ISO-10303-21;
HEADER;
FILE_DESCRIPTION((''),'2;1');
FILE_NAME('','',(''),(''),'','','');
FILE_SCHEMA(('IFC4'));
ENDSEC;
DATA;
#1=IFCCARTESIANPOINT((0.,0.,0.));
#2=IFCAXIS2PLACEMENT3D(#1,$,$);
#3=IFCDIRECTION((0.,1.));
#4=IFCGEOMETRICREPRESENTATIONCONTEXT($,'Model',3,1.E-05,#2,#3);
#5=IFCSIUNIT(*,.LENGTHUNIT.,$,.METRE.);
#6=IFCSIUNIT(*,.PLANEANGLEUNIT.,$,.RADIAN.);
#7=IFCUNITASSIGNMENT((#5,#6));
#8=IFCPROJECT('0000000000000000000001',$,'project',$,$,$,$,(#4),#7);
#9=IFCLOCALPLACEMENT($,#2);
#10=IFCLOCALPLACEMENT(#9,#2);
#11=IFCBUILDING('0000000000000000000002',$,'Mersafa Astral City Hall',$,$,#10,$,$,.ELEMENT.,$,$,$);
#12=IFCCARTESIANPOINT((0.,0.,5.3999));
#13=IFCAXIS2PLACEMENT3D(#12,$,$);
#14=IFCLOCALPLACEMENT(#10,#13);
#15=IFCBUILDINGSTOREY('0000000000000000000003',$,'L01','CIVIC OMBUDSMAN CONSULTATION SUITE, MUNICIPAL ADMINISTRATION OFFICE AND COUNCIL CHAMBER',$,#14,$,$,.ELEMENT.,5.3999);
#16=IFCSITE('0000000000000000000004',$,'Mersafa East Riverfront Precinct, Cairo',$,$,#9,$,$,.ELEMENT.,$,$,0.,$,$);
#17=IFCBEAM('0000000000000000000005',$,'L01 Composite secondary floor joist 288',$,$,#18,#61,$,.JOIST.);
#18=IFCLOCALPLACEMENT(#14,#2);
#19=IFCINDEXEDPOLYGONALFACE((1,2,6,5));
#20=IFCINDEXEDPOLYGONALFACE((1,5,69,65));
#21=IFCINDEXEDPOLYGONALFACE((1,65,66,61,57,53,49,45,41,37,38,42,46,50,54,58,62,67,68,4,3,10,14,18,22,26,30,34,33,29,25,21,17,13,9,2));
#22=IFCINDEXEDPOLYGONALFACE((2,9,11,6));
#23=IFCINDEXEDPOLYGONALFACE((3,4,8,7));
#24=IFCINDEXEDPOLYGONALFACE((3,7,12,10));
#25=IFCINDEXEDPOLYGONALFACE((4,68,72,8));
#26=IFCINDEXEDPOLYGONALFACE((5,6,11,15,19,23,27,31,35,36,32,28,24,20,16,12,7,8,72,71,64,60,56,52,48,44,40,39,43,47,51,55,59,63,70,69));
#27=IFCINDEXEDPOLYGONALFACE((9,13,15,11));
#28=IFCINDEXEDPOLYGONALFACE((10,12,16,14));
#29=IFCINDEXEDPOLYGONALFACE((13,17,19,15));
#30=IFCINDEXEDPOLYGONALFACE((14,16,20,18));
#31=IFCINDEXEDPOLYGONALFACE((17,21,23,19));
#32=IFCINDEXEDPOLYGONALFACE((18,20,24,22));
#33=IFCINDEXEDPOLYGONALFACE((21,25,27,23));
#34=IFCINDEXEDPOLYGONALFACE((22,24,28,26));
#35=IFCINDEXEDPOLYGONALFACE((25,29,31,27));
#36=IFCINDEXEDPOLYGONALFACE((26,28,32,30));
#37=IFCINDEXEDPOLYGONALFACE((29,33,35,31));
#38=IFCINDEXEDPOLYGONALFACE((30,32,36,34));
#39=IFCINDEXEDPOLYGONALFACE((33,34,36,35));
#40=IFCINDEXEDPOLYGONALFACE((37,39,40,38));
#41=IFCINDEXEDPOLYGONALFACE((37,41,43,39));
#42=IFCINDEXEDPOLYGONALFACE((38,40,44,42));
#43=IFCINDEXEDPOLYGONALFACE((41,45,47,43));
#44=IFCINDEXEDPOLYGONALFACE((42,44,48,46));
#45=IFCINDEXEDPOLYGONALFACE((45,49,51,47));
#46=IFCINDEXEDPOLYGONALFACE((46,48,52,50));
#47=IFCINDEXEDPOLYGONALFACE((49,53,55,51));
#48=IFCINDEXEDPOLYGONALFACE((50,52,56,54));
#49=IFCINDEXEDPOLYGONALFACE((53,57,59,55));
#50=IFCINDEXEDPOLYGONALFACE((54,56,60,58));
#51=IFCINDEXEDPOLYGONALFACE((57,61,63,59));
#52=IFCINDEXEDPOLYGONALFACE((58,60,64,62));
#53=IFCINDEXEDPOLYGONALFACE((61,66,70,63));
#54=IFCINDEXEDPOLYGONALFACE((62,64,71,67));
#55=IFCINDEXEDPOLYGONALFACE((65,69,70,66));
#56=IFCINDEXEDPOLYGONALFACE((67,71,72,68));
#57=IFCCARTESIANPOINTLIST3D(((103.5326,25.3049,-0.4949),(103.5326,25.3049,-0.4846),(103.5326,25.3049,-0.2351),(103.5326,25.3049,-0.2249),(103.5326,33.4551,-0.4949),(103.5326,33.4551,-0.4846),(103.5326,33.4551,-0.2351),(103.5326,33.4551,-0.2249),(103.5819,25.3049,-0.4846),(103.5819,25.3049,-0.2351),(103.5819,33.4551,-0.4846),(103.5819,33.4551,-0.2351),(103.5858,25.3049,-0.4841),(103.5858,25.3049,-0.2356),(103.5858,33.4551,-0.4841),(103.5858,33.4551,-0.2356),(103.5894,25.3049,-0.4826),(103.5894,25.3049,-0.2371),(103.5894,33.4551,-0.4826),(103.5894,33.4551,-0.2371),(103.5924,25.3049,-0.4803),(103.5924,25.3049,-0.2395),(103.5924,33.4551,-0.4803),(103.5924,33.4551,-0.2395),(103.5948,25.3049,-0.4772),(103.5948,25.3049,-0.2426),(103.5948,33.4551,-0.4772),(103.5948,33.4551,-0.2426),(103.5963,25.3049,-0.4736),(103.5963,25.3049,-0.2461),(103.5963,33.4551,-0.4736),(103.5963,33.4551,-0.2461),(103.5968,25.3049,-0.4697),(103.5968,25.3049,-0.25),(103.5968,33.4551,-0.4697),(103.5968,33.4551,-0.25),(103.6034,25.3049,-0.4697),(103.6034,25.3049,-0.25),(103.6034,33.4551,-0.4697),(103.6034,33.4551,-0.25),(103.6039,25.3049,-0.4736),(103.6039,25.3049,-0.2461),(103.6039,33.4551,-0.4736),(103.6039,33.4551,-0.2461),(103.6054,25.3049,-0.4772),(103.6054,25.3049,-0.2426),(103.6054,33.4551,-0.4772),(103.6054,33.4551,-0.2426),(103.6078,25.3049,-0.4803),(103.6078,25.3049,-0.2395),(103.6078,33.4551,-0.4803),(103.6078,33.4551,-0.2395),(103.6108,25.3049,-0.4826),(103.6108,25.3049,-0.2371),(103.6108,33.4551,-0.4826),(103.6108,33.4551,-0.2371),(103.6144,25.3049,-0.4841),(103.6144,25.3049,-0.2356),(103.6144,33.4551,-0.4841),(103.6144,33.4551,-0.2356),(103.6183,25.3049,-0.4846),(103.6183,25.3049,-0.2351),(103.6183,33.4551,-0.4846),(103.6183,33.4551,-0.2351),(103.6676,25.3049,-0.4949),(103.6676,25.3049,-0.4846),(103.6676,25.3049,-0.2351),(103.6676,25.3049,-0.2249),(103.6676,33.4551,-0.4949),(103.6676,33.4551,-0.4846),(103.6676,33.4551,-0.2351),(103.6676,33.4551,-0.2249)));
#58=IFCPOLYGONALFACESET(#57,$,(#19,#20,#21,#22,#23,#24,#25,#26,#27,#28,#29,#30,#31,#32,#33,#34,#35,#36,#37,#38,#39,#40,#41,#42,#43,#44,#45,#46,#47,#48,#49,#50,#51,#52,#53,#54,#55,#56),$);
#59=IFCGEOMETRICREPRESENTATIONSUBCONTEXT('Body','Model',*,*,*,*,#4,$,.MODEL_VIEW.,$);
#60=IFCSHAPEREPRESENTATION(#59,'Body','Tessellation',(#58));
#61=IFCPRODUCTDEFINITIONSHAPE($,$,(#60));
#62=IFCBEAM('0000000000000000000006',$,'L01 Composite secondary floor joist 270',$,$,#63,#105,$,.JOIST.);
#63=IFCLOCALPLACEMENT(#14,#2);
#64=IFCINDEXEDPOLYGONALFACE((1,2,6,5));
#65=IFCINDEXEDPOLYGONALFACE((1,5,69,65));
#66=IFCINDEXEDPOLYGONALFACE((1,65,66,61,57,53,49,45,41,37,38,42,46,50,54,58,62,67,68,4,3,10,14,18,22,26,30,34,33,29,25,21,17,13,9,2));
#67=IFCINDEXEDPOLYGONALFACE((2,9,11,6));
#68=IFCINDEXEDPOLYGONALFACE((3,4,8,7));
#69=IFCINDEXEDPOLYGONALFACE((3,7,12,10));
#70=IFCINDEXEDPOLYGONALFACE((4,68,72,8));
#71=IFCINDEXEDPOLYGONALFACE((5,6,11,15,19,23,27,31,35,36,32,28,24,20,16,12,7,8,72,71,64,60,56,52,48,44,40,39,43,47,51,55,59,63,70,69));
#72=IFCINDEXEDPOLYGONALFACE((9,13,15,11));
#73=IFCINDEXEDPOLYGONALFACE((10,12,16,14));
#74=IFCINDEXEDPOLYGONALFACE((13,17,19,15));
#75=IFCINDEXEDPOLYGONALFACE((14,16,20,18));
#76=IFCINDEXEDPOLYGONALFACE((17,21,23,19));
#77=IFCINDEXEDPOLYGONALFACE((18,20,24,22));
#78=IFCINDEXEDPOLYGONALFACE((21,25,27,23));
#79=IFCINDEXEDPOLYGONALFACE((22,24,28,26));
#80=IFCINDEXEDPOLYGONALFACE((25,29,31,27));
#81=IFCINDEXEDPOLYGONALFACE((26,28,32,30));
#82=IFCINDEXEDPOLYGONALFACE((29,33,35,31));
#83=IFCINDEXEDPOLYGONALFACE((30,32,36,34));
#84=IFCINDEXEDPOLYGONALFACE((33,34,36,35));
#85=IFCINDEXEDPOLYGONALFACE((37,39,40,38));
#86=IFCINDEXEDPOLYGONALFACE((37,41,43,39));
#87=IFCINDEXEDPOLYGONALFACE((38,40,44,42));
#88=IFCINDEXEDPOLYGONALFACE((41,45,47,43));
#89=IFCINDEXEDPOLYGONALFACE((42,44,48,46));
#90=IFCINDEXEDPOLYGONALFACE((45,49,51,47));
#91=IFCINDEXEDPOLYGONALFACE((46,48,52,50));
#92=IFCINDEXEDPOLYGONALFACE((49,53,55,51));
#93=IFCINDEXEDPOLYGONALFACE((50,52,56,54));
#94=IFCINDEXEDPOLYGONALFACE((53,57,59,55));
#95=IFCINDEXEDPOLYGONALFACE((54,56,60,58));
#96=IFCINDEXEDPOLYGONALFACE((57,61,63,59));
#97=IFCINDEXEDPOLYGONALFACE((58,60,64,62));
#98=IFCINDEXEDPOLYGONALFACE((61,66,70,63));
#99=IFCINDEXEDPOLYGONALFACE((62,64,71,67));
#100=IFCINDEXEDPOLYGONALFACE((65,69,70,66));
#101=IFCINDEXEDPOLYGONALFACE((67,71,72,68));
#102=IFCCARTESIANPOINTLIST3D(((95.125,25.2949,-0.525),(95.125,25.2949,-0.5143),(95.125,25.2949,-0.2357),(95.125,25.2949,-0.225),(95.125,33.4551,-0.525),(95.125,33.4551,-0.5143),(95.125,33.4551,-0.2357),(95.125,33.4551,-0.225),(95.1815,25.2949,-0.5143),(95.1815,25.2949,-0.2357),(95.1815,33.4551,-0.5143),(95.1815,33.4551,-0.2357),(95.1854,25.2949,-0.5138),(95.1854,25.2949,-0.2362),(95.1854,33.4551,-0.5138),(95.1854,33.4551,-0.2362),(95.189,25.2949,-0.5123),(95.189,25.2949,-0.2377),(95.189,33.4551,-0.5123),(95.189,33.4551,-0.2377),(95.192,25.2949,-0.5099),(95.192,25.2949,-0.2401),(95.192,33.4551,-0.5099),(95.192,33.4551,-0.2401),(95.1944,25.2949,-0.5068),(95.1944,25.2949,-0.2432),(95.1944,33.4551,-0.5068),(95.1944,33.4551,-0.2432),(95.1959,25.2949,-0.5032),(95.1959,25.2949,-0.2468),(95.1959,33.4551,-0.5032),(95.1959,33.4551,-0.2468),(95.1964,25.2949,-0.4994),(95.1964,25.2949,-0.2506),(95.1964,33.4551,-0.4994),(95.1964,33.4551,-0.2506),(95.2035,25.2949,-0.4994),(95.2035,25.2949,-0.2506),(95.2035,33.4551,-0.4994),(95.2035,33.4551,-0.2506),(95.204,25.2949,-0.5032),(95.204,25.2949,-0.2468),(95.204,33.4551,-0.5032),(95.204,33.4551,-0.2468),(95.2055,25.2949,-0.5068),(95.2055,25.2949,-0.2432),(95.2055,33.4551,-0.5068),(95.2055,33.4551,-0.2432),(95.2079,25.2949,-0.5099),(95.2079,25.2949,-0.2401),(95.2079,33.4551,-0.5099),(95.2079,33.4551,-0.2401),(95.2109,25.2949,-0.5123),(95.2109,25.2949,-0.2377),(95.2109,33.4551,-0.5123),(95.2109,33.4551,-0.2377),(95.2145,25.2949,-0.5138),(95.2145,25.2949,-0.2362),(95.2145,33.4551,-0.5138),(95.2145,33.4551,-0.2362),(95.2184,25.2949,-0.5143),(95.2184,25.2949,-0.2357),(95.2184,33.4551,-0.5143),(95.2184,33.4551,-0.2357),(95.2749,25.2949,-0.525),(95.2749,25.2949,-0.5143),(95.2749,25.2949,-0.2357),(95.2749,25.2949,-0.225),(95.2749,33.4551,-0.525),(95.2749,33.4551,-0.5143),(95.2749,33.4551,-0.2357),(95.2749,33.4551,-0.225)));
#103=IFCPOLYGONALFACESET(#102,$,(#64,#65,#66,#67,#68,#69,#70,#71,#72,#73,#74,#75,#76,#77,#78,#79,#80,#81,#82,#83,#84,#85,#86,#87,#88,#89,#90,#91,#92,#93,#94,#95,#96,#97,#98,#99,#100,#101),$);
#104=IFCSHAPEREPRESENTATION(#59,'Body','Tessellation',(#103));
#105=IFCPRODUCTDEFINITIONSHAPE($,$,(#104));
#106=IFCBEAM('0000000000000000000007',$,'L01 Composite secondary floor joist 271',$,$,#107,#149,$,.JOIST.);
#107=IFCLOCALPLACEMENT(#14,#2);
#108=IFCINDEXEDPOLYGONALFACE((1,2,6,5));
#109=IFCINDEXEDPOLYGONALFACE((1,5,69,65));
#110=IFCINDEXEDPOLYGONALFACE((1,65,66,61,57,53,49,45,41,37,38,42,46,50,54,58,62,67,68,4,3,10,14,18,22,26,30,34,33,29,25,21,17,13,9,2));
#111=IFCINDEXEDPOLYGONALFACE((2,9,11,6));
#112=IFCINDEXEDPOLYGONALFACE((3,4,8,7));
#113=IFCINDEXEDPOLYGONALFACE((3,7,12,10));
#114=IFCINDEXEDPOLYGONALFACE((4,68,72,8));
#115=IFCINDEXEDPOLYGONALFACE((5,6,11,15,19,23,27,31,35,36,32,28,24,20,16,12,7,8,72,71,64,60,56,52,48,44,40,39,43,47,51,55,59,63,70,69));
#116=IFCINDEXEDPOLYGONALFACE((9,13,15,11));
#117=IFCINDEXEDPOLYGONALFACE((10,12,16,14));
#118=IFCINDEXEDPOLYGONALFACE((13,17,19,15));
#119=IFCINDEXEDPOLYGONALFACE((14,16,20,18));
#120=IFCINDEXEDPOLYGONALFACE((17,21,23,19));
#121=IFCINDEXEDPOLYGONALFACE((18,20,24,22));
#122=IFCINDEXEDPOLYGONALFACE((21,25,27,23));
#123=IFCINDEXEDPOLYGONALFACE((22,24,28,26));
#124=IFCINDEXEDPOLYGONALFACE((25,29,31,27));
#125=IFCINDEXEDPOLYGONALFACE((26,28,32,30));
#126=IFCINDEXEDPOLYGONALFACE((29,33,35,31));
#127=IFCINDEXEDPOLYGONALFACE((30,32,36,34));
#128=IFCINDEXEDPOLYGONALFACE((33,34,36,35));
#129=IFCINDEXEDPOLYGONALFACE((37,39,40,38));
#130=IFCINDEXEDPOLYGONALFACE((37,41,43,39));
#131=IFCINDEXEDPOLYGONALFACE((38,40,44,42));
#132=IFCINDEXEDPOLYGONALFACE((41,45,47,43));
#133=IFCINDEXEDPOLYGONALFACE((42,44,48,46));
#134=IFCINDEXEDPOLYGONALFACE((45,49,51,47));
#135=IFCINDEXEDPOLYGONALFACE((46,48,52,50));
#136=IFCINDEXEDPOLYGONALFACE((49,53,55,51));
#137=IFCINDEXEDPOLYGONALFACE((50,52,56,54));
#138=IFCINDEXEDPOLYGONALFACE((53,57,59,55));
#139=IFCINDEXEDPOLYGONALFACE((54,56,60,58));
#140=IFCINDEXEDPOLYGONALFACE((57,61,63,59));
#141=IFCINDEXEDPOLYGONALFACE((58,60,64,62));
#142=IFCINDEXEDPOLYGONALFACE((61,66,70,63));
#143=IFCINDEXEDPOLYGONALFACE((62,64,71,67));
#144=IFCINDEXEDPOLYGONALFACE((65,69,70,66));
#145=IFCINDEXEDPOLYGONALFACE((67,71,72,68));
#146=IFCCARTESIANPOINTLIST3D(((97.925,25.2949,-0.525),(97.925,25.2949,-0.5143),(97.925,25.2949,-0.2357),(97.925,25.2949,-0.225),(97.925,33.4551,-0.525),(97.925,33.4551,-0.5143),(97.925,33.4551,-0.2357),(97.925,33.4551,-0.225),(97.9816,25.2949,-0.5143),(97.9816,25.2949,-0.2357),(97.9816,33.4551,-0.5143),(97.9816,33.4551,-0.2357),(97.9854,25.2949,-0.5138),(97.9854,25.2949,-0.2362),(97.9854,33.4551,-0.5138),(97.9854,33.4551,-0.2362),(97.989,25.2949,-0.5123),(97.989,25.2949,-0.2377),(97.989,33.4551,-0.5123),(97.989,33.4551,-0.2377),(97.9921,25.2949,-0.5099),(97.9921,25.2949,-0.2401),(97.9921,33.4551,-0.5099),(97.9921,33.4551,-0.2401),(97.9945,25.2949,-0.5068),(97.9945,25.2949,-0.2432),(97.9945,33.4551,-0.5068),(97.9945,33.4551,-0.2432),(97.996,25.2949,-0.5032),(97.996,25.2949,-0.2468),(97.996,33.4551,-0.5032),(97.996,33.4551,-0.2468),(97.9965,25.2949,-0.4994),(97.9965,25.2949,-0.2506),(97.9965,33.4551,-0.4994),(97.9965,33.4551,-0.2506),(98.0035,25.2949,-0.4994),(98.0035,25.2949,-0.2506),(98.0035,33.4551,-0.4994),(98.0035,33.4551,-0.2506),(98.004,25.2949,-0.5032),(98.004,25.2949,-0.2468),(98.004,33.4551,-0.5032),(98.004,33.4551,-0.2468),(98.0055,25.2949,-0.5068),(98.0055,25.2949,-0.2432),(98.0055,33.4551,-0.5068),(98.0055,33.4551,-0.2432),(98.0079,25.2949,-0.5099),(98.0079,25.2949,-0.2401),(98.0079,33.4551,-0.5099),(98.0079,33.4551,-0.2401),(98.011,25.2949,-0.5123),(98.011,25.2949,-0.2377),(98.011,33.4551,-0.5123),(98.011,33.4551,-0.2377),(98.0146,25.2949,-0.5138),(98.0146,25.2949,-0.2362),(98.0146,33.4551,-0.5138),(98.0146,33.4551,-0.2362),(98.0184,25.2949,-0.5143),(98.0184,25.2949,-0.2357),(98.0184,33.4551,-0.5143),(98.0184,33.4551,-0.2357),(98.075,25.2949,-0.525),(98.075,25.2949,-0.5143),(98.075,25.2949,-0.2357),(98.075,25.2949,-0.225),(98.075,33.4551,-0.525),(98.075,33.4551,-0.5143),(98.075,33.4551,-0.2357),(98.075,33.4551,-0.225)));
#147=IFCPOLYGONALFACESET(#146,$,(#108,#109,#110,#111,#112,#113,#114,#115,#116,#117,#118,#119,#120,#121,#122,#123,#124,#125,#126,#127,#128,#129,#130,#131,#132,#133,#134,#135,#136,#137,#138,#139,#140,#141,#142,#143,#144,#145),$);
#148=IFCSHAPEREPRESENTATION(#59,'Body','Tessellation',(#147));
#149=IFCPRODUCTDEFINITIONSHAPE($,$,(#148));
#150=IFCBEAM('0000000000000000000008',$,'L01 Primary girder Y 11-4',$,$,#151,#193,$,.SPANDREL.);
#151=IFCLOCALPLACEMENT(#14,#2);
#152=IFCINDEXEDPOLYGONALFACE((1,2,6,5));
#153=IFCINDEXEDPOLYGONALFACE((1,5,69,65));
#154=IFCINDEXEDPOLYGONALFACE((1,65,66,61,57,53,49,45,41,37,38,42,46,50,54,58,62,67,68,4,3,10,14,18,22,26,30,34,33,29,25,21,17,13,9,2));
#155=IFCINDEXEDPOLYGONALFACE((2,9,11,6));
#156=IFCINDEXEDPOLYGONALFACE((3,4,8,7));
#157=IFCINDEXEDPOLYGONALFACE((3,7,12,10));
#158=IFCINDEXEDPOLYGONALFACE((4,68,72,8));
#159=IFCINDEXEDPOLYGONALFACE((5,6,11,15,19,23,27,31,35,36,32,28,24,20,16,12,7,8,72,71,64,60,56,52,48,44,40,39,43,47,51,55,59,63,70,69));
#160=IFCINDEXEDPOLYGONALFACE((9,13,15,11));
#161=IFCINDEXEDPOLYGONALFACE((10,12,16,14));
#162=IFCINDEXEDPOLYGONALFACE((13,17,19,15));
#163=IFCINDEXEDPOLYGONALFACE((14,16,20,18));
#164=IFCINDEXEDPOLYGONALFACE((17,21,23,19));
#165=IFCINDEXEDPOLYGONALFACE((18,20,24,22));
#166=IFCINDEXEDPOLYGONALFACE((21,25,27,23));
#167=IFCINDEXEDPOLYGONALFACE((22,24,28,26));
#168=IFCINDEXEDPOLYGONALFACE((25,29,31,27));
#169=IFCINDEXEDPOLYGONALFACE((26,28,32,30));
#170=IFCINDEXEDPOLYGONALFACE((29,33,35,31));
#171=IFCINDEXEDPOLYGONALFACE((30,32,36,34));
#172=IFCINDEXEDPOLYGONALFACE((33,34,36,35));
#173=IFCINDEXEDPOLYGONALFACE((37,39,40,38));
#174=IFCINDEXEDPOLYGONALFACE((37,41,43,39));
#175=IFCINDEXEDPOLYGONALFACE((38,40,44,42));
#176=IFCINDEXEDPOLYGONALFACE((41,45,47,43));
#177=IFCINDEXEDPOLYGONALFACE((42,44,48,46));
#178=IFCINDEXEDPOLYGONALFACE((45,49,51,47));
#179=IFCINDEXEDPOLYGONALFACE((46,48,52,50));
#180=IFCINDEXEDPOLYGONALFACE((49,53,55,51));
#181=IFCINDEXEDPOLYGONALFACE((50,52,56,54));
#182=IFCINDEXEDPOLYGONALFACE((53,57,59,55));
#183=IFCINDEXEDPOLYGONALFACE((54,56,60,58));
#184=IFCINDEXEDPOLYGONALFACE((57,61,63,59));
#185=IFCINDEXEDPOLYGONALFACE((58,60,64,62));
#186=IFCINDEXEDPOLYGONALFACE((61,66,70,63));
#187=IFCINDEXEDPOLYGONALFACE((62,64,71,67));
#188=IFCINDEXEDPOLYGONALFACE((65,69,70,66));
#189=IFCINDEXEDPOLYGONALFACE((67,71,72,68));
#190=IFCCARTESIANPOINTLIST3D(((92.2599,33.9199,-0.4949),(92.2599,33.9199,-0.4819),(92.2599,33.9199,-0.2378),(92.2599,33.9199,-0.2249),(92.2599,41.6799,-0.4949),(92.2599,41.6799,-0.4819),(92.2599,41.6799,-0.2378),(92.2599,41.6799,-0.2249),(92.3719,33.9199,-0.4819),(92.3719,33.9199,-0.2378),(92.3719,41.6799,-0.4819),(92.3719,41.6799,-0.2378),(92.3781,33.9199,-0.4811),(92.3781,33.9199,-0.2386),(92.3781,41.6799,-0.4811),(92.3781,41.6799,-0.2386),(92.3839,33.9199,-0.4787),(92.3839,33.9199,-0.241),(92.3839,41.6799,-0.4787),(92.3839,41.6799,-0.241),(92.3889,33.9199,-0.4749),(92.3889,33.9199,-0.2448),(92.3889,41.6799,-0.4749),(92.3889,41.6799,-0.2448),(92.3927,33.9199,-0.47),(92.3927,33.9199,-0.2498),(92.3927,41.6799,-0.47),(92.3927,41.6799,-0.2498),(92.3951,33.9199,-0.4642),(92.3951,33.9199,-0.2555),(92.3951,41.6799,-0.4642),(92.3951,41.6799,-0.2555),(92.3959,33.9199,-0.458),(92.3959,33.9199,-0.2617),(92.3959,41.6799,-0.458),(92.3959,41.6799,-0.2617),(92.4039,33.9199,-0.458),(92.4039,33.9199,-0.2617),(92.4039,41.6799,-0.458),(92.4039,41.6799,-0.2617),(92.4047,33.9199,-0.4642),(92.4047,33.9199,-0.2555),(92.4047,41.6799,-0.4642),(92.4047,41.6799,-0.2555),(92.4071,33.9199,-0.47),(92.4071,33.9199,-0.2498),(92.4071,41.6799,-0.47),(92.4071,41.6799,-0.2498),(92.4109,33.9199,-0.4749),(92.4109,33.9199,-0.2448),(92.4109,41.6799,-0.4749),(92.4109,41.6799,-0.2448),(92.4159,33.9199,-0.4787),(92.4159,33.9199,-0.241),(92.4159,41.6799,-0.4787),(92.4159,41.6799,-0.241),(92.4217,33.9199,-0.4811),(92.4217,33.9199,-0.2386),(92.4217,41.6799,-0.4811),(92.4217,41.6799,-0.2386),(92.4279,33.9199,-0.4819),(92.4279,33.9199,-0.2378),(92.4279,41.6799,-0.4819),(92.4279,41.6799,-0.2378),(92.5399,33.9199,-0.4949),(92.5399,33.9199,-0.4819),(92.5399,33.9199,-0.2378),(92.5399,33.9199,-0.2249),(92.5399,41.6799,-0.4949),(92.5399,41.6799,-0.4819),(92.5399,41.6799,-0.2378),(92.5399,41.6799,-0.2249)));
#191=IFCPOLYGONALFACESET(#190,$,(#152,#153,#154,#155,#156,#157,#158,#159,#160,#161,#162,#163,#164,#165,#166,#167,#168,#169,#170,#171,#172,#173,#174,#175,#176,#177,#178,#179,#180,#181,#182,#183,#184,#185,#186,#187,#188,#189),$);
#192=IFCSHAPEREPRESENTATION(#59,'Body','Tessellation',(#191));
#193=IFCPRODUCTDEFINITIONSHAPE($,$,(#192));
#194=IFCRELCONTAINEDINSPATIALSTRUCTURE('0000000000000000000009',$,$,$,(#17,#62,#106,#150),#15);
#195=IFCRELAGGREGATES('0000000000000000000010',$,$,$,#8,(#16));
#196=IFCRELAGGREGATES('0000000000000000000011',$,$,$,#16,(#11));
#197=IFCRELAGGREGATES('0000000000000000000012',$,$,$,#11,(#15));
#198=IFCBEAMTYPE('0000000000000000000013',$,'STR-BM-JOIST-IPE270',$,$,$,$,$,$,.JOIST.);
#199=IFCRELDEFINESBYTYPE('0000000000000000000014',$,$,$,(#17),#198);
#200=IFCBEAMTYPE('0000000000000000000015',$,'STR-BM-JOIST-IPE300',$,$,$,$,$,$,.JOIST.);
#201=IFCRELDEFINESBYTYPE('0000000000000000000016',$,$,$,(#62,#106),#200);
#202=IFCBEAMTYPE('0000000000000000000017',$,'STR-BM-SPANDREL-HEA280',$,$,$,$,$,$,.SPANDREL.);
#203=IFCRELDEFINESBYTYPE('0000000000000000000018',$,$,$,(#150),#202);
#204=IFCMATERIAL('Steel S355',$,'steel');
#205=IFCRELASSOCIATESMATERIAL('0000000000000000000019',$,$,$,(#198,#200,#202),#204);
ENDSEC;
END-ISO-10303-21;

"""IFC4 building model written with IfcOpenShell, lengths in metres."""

from ifc_helpers import new_model, si_unit, direction, frame, origin, origin_2d, place, context, subcontext, project, spatial, i_section, extrude, material, material_profile, profile_set, type_object, element, save


model = new_model("IFC4")

# Units and contexts
model_context = context("Model", 3, precision=1e-05, world=origin(), true_north=direction((0.0, 1.0)))
body_context = subcontext(model_context, "Body", "Model", "MODEL_VIEW")
ifc_project = project(units=[si_unit("LENGTHUNIT", "METRE"), si_unit("PLANEANGLEUNIT", "RADIAN")], contexts=[model_context])

# Site, building, storey
site_placement = place(None, origin())
site = spatial("IfcSite", under=ifc_project, at=site_placement, Name="Mersafa East Riverfront Precinct, Cairo", CompositionType="ELEMENT", RefElevation=0.0)
building_placement = place(site_placement, origin())
building = spatial("IfcBuilding", under=site, at=building_placement, Name="Mersafa Astral City Hall", CompositionType="ELEMENT")
storey_placement = place(building_placement, frame((0.0, 0.0, 5.3999)))
storey = spatial("IfcBuildingStorey", under=building, at=storey_placement, Name="L01", Description="CIVIC OMBUDSMAN CONSULTATION SUITE, MUNICIPAL ADMINISTRATION OFFICE AND COUNCIL CHAMBER", CompositionType="ELEMENT", Elevation=5.3999)

# Shared definitions
ifc_material_1 = material(Name="Steel S355", Category="steel")

# Beams
ifc_material_profile_1 = material_profile(ifc_material_1, i_section(OverallWidth=0.135, OverallDepth=0.27, WebThickness=0.0066, FlangeThickness=0.0103, FilletRadius=0.0149, at=origin_2d()), Name="IPE 270")
ifc_profile_set_1 = profile_set([ifc_material_profile_1], Name="Steel S355")
beam_type_1 = type_object("IfcBeamType", Name="STR-BM-JOIST-IPE270", PredefinedType="JOIST", material=ifc_profile_set_1)
beam_1_placement = place(storey_placement, frame((103.6001, 25.3049, -0.3599), z_axis=(0.0, 1.0, 0.0), x_axis=(-1.0, 0.0, 0.0)))
element("IfcBeam", 1, at=beam_1_placement, inside=storey, type_object=beam_type_1, Name="L01 Composite secondary floor joist 288", PredefinedType="JOIST", context=body_context, shape_type="SweptSolid", body=[
    extrude(i_section(OverallWidth=0.135, OverallDepth=0.27, WebThickness=0.0066, FlangeThickness=0.0103, FilletRadius=0.0149, at=origin_2d()), origin(), (0.0, 0.0, 1.0), 8.1501),
])
ifc_material_profile_2 = material_profile(ifc_material_1, i_section(OverallWidth=0.1499, OverallDepth=0.3, WebThickness=0.0071, FlangeThickness=0.0107, FilletRadius=0.0149, at=origin_2d()), Name="IPE 300")
ifc_profile_set_2 = profile_set([ifc_material_profile_2], Name="Steel S355")
beam_type_2 = type_object("IfcBeamType", Name="STR-BM-JOIST-IPE300", PredefinedType="JOIST", material=ifc_profile_set_2)
for number, where, z_axis, x_axis, name in (
    (2, (95.2, 25.2949, -0.375), (0.0, 1.0, 0.0), (-1.0, 0.0, 0.0), "L01 Composite secondary floor joist 270"),
    (3, (98.0, 25.2949, -0.375), (0.0, 1.0, 0.0), (-1.0, 0.0, 0.0), "L01 Composite secondary floor joist 271"),
):
    element("IfcBeam", number, at=place(storey_placement, frame(where, z_axis=z_axis, x_axis=x_axis)), inside=storey, type_object=beam_type_2, Name=name, PredefinedType="JOIST", context=body_context, shape_type="SweptSolid", body=[
        extrude(i_section(OverallWidth=0.1499, OverallDepth=0.3, WebThickness=0.0071, FlangeThickness=0.0107, FilletRadius=0.0149, at=origin_2d()), origin(), (0.0, 0.0, 1.0), 8.1602),
    ])
ifc_material_profile_3 = material_profile(ifc_material_1, i_section(OverallWidth=0.28, OverallDepth=0.27, WebThickness=0.0081, FlangeThickness=0.0129, FilletRadius=0.0239, at=origin_2d()), Name="HEA 280")
ifc_profile_set_3 = profile_set([ifc_material_profile_3], Name="Steel S355")
beam_type_3 = type_object("IfcBeamType", Name="STR-BM-SPANDREL-HEA280", PredefinedType="SPANDREL", material=ifc_profile_set_3)
beam_2_placement = place(storey_placement, frame((92.3999, 33.9199, -0.3599), z_axis=(0.0, 1.0, 0.0), x_axis=(-1.0, 0.0, 0.0)))
element("IfcBeam", 4, at=beam_2_placement, inside=storey, type_object=beam_type_3, Name="L01 Primary girder Y 11-4", PredefinedType="SPANDREL", context=body_context, shape_type="SweptSolid", body=[
    extrude(i_section(OverallWidth=0.28, OverallDepth=0.27, WebThickness=0.0081, FlangeThickness=0.0129, FilletRadius=0.0239, at=origin_2d()), origin(), (0.0, 0.0, 1.0), 7.76),
])

save(model, "model.ifc")
